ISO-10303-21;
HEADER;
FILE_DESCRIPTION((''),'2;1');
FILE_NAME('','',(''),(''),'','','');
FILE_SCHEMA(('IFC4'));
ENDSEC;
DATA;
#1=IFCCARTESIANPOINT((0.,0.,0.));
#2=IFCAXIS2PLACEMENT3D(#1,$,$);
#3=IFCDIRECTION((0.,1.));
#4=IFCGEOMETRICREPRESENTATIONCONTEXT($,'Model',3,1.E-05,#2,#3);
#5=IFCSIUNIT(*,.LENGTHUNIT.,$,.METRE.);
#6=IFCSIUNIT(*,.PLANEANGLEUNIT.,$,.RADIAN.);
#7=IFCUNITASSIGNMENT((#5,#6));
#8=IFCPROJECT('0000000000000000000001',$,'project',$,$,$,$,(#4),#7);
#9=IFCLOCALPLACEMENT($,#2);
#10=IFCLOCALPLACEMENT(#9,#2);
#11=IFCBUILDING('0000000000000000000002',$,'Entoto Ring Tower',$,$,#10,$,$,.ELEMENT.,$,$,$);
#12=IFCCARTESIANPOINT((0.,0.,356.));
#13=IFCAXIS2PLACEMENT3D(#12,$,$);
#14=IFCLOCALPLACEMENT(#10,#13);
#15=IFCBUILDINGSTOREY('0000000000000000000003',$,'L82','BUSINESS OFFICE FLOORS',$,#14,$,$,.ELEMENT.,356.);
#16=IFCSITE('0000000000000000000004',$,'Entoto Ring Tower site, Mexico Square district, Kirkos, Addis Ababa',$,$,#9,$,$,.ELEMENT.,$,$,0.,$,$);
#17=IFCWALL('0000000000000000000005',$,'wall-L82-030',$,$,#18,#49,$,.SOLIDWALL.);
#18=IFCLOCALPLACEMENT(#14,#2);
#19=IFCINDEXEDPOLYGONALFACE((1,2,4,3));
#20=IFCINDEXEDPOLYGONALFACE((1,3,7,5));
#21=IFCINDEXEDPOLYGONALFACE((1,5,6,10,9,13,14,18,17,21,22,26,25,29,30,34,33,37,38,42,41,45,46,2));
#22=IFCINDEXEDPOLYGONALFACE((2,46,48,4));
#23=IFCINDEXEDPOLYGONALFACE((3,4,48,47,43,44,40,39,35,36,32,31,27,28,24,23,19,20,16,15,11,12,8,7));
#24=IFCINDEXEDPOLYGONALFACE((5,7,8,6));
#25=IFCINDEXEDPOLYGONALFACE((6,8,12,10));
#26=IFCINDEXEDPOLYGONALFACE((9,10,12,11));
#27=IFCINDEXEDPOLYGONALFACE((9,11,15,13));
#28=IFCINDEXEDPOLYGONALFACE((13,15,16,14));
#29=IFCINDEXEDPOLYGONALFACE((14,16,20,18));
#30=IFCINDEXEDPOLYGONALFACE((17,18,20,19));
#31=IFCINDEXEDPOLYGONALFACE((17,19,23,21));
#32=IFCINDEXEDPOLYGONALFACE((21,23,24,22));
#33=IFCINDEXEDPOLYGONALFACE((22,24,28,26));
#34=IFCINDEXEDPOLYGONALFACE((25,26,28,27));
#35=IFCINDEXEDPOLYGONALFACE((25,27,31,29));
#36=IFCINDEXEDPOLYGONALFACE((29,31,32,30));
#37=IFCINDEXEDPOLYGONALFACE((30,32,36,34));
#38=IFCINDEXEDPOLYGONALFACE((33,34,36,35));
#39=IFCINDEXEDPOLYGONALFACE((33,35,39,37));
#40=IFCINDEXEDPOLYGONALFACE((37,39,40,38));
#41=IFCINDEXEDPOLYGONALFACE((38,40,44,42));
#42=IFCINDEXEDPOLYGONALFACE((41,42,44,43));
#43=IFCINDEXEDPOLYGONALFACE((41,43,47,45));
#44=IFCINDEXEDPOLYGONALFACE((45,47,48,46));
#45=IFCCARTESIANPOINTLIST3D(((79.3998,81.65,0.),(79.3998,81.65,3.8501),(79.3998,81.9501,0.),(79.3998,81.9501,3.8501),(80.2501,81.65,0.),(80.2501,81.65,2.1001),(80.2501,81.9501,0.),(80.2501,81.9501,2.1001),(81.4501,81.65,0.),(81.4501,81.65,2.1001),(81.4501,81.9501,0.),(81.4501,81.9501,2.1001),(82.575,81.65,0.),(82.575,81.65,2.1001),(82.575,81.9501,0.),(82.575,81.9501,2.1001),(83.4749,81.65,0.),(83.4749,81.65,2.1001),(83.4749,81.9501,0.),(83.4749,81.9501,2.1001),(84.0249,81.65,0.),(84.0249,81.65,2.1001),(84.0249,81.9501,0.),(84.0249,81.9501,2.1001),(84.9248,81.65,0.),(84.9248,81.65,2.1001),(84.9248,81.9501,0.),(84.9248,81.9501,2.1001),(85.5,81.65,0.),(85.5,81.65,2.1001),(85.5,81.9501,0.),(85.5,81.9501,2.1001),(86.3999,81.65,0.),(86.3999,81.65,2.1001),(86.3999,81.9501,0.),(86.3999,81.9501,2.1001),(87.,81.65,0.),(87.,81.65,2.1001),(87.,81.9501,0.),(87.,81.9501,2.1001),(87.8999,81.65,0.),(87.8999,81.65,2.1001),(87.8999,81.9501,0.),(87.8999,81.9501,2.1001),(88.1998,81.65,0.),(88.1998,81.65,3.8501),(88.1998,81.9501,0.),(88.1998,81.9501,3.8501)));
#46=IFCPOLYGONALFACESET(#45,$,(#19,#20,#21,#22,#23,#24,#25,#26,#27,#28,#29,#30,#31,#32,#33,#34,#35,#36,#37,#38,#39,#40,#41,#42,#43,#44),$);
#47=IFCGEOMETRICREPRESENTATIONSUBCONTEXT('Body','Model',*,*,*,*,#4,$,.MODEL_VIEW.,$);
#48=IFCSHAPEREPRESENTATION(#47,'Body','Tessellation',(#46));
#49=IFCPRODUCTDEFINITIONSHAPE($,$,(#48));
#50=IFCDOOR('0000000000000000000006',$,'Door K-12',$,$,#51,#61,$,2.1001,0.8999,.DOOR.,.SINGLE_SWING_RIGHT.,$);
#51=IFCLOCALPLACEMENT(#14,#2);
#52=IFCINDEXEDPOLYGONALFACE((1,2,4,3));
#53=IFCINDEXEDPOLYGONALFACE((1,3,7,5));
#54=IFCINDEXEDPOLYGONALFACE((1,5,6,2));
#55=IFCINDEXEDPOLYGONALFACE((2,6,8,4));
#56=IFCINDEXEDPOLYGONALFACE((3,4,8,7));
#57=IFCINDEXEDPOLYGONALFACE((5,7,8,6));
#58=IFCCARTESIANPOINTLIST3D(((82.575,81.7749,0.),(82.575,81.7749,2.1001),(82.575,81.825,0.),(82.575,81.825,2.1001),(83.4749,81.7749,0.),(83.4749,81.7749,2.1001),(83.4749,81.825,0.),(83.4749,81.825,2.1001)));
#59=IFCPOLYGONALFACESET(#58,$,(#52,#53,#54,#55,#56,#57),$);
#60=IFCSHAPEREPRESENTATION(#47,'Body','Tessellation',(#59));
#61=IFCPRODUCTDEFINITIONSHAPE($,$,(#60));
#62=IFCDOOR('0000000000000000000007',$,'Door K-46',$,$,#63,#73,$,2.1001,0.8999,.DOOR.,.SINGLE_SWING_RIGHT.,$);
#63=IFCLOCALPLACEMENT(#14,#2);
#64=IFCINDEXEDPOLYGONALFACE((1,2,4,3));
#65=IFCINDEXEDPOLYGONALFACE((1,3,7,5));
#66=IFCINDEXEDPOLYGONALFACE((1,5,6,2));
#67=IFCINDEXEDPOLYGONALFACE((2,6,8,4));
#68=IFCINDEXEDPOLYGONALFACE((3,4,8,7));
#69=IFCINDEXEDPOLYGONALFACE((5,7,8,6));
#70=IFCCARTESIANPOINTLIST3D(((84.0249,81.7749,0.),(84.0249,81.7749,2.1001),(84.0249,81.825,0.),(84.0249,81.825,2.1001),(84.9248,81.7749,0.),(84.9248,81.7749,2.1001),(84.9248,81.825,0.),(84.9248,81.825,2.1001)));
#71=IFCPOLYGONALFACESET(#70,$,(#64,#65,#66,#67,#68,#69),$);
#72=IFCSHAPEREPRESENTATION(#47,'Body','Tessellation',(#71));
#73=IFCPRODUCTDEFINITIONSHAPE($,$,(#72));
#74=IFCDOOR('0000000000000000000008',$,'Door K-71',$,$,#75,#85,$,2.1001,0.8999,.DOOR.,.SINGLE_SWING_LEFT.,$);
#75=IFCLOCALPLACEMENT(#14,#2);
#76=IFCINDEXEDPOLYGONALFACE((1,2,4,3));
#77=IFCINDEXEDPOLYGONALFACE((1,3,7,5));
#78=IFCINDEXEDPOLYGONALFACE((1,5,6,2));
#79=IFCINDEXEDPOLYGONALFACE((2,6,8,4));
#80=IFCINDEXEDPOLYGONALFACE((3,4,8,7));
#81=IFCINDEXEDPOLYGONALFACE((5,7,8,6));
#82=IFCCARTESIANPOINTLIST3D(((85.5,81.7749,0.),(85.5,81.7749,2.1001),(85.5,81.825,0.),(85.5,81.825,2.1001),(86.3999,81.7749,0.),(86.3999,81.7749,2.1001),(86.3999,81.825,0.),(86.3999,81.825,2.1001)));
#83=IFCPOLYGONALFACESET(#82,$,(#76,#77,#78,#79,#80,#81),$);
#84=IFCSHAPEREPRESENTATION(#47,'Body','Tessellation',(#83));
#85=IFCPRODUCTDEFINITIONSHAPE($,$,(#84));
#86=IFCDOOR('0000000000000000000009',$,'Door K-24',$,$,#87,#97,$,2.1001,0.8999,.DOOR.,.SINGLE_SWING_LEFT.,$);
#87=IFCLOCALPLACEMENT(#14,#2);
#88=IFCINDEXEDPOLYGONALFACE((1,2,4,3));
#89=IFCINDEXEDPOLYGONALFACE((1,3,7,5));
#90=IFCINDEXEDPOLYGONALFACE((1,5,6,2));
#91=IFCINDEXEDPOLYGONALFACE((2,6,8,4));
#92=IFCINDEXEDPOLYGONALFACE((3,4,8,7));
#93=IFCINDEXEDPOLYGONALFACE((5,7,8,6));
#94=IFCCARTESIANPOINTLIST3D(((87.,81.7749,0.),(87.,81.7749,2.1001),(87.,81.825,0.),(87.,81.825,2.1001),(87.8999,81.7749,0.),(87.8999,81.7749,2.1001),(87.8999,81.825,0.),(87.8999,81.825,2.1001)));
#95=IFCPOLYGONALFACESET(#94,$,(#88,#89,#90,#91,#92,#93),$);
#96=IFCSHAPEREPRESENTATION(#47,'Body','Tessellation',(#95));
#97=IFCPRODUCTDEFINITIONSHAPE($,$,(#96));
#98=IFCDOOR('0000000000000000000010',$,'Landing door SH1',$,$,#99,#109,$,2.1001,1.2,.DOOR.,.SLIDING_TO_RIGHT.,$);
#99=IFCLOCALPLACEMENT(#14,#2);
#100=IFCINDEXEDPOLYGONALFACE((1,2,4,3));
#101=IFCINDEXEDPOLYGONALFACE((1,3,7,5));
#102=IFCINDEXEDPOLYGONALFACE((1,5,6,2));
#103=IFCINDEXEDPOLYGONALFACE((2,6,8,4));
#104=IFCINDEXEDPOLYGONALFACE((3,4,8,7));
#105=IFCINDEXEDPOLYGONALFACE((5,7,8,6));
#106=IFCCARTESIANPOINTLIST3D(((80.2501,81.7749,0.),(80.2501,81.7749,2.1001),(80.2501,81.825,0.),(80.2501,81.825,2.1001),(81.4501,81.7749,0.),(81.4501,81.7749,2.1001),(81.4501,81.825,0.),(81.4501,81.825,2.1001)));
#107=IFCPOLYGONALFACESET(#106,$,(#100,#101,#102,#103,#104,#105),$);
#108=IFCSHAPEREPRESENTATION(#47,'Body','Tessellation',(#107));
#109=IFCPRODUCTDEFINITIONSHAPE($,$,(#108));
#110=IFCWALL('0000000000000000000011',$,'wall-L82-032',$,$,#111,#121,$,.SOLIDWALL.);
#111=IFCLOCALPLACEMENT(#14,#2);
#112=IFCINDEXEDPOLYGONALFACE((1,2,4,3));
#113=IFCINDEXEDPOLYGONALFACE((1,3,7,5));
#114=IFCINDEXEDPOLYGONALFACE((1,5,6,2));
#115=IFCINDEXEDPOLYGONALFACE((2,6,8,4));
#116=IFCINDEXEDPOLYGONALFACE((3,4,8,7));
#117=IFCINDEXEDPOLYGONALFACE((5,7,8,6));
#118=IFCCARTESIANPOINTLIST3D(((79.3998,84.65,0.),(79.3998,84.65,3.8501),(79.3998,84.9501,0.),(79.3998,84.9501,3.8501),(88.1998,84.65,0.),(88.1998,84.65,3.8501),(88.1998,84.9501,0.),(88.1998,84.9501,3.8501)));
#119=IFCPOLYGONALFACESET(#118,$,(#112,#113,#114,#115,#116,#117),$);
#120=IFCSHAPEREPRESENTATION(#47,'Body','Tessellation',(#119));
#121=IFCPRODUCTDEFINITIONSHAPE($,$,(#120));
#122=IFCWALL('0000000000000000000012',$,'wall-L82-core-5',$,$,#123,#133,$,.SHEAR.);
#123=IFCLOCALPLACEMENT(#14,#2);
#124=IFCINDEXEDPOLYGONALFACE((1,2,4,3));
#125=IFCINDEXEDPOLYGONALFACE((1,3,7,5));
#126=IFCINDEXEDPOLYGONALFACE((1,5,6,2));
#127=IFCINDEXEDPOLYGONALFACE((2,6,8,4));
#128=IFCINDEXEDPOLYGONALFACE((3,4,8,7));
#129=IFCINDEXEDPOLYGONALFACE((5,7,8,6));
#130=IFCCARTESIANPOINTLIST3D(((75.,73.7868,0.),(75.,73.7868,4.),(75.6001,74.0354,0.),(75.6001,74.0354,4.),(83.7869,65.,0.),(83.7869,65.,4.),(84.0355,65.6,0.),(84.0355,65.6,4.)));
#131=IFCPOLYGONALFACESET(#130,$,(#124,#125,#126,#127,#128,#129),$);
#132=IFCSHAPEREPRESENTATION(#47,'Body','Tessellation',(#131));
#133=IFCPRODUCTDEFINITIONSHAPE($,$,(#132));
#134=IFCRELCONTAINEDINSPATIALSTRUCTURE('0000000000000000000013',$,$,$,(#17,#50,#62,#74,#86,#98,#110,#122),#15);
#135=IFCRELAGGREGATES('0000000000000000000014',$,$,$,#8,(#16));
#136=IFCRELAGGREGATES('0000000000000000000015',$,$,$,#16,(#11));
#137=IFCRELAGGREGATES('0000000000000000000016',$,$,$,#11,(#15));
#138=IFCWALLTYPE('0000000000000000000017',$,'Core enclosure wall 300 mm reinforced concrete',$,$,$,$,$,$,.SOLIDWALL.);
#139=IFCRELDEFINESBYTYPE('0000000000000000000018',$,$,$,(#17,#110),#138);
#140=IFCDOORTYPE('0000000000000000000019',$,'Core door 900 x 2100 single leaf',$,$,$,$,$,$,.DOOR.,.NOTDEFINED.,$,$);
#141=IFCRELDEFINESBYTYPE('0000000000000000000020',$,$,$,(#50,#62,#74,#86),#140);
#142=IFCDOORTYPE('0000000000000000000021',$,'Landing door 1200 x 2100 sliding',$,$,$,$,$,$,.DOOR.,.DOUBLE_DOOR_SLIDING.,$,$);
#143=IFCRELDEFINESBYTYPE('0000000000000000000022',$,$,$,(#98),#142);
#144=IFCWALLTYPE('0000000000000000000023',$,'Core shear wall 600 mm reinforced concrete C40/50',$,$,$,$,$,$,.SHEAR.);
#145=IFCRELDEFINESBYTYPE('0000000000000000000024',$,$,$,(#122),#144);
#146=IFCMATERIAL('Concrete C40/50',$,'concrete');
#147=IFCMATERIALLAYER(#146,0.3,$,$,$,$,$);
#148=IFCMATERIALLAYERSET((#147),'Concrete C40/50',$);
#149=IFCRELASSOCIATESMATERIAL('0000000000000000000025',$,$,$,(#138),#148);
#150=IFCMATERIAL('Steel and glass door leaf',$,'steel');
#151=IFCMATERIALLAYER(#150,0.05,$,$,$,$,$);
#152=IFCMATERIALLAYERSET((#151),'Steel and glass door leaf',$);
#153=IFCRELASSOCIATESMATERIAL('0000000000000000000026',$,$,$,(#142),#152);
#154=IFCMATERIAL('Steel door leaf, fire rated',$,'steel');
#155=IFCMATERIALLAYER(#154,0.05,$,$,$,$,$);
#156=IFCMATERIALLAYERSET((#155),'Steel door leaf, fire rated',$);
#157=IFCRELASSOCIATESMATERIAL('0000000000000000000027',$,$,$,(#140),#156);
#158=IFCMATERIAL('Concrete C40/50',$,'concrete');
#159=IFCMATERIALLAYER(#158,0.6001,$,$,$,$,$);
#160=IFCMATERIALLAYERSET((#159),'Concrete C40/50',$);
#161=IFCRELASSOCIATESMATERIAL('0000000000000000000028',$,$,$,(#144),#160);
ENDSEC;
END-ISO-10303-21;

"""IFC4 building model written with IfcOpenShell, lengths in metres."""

from ifc_helpers import new_model, si_unit, direction, frame, frame_2d, origin, place, context, subcontext, project, spatial, polyline, rectangle, outline, extrude, material, layer, layer_set, type_object, element, fill, save


model = new_model("IFC4")

# Units and contexts
model_context = context("Model", 3, precision=1e-05, world=origin(), true_north=direction((0.0, 1.0)))
body_context = subcontext(model_context, "Body", "Model", "MODEL_VIEW")
ifc_project = project(units=[si_unit("LENGTHUNIT", "METRE"), si_unit("PLANEANGLEUNIT", "RADIAN")], contexts=[model_context])

# Site, building, storey
site_placement = place(None, origin())
site = spatial("IfcSite", under=ifc_project, at=site_placement, Name="Entoto Ring Tower site, Mexico Square district, Kirkos, Addis Ababa", CompositionType="ELEMENT", RefElevation=0.0)
building_placement = place(site_placement, origin())
building = spatial("IfcBuilding", under=site, at=building_placement, Name="Entoto Ring Tower", CompositionType="ELEMENT")
storey_placement = place(building_placement, frame((0.0, 0.0, 356.0)))
storey = spatial("IfcBuildingStorey", under=building, at=storey_placement, Name="L82", Description="BUSINESS OFFICE FLOORS", CompositionType="ELEMENT", Elevation=356.0)

# Shared definitions
ifc_material_1 = material(Name="Concrete C40/50", Category="concrete")
ifc_layer_1 = layer(ifc_material_1, 0.3)
ifc_layer_set_1 = layer_set([ifc_layer_1], Name="Concrete C40/50")
wall_type_1 = type_object("IfcWallType", Name="Core enclosure wall 300 mm reinforced concrete", PredefinedType="SOLIDWALL", material=ifc_layer_set_1)
ifc_material_2 = material(Name="Steel and glass door leaf", Category="steel")
ifc_layer_2 = layer(ifc_material_2, 0.05)
ifc_layer_set_2 = layer_set([ifc_layer_2], Name="Steel and glass door leaf")
door_type_1 = type_object("IfcDoorType", Name="Landing door 1200 x 2100 sliding", OperationType="DOUBLE_DOOR_SLIDING", PredefinedType="DOOR", material=ifc_layer_set_2)

# Wall, openings, doors
ifc_material_3 = material(Name="Steel door leaf, fire rated", Category="steel")
ifc_layer_3 = layer(ifc_material_3, 0.05)
ifc_layer_set_3 = layer_set([ifc_layer_3], Name="Steel door leaf, fire rated")
door_type_2 = type_object("IfcDoorType", Name="Core door 900 x 2100 single leaf", OperationType="NOTDEFINED", PredefinedType="DOOR", material=ifc_layer_set_3)
wall_1_placement = place(storey_placement, frame((79.3999, 81.8, 0.0), z_axis=(0.0, 0.0, 1.0), x_axis=(1.0, 0.0, 0.0)))
wall_1 = element("IfcWall", 1, at=wall_1_placement, inside=storey, type_object=wall_type_1, Name="wall-L82-030", PredefinedType="SOLIDWALL", context=body_context, shape_type="SweptSolid", body=[
    extrude(rectangle(XDim=8.8, YDim=0.3, at=frame_2d((4.3999, 0.0))), origin(), (0.0, 0.0, 1.0), 3.8501),
])
opening_1_placement = place(wall_1_placement, frame((0.8501, 0.0, 0.0)))
opening_1 = element("IfcOpeningElement", 2, at=opening_1_placement, cuts=wall_1, PredefinedType="OPENING", context=body_context, shape_type="SweptSolid", body=[
    extrude(rectangle(XDim=1.2, YDim=2.1001, at=frame_2d((0.6001, 1.05))), frame((0.0, 0.1602, 0.0), z_axis=(0.0, -1.0, 0.0), x_axis=(1.0, 0.0, 0.0)), (0.0, 0.0, 1.0), 0.3201),
])
opening_2_placement = place(wall_1_placement, frame((3.175, 0.0, 0.0)))
opening_2 = element("IfcOpeningElement", 3, at=opening_2_placement, cuts=wall_1, PredefinedType="OPENING", context=body_context, shape_type="SweptSolid", body=[
    extrude(rectangle(XDim=0.8999, YDim=2.1001, at=frame_2d((0.45, 1.05))), frame((0.0, 0.1602, 0.0), z_axis=(0.0, -1.0, 0.0), x_axis=(1.0, 0.0, 0.0)), (0.0, 0.0, 1.0), 0.3201),
])
opening_3_placement = place(wall_1_placement, frame((4.625, 0.0, 0.0)))
opening_3 = element("IfcOpeningElement", 4, at=opening_3_placement, cuts=wall_1, PredefinedType="OPENING", context=body_context, shape_type="SweptSolid", body=[
    extrude(rectangle(XDim=0.8999, YDim=2.1001, at=frame_2d((0.45, 1.05))), frame((0.0, 0.1602, 0.0), z_axis=(0.0, -1.0, 0.0), x_axis=(1.0, 0.0, 0.0)), (0.0, 0.0, 1.0), 0.3201),
])
opening_4_placement = place(wall_1_placement, frame((6.1001, 0.0, 0.0)))
opening_4 = element("IfcOpeningElement", 5, at=opening_4_placement, cuts=wall_1, PredefinedType="OPENING", context=body_context, shape_type="SweptSolid", body=[
    extrude(rectangle(XDim=0.8999, YDim=2.1001, at=frame_2d((0.45, 1.05))), frame((0.0, 0.1602, 0.0), z_axis=(0.0, -1.0, 0.0), x_axis=(1.0, 0.0, 0.0)), (0.0, 0.0, 1.0), 0.3201),
])
opening_5_placement = place(wall_1_placement, frame((7.6001, 0.0, 0.0)))
opening_5 = element("IfcOpeningElement", 6, at=opening_5_placement, cuts=wall_1, PredefinedType="OPENING", context=body_context, shape_type="SweptSolid", body=[
    extrude(rectangle(XDim=0.8999, YDim=2.1001, at=frame_2d((0.45, 1.05))), frame((0.0, 0.1602, 0.0), z_axis=(0.0, -1.0, 0.0), x_axis=(1.0, 0.0, 0.0)), (0.0, 0.0, 1.0), 0.3201),
])
door_1_placement = place(opening_2_placement, origin())
door_1 = element("IfcDoor", 7, at=door_1_placement, inside=storey, type_object=door_type_2, Name="Door K-12", OperationType="SINGLE_SWING_RIGHT", OverallHeight=2.1001, OverallWidth=0.8999, PredefinedType="DOOR", context=body_context, shape_type="SweptSolid", body=[
    extrude(rectangle(XDim=0.8999, YDim=2.1001, at=frame_2d((0.45, 1.05))), frame((0.0, 0.0249, 0.0), z_axis=(0.0, -1.0, 0.0), x_axis=(1.0, 0.0, 0.0)), (0.0, 0.0, 1.0), 0.05),
])
fill(opening_2, door_1)
door_2_placement = place(opening_3_placement, origin())
door_2 = element("IfcDoor", 8, at=door_2_placement, inside=storey, type_object=door_type_2, Name="Door K-46", OperationType="SINGLE_SWING_RIGHT", OverallHeight=2.1001, OverallWidth=0.8999, PredefinedType="DOOR", context=body_context, shape_type="SweptSolid", body=[
    extrude(rectangle(XDim=0.8999, YDim=2.1001, at=frame_2d((0.45, 1.05))), frame((0.0, 0.0249, 0.0), z_axis=(0.0, -1.0, 0.0), x_axis=(1.0, 0.0, 0.0)), (0.0, 0.0, 1.0), 0.05),
])
fill(opening_3, door_2)
door_3_placement = place(opening_4_placement, origin())
door_3 = element("IfcDoor", 9, at=door_3_placement, inside=storey, type_object=door_type_2, Name="Door K-71", OperationType="SINGLE_SWING_LEFT", OverallHeight=2.1001, OverallWidth=0.8999, PredefinedType="DOOR", context=body_context, shape_type="SweptSolid", body=[
    extrude(rectangle(XDim=0.8999, YDim=2.1001, at=frame_2d((0.45, 1.05))), frame((0.0, 0.0249, 0.0), z_axis=(0.0, -1.0, 0.0), x_axis=(1.0, 0.0, 0.0)), (0.0, 0.0, 1.0), 0.05),
])
fill(opening_4, door_3)
door_4_placement = place(opening_5_placement, origin())
door_4 = element("IfcDoor", 10, at=door_4_placement, inside=storey, type_object=door_type_2, Name="Door K-24", OperationType="SINGLE_SWING_LEFT", OverallHeight=2.1001, OverallWidth=0.8999, PredefinedType="DOOR", context=body_context, shape_type="SweptSolid", body=[
    extrude(rectangle(XDim=0.8999, YDim=2.1001, at=frame_2d((0.45, 1.05))), frame((0.0, 0.0249, 0.0), z_axis=(0.0, -1.0, 0.0), x_axis=(1.0, 0.0, 0.0)), (0.0, 0.0, 1.0), 0.05),
])
fill(opening_5, door_4)
door_5_placement = place(opening_1_placement, origin())
door_5 = element("IfcDoor", 11, at=door_5_placement, inside=storey, type_object=door_type_1, Name="Landing door SH1", OperationType="SLIDING_TO_RIGHT", OverallHeight=2.1001, OverallWidth=1.2, PredefinedType="DOOR", context=body_context, shape_type="SweptSolid", body=[
    extrude(rectangle(XDim=1.2, YDim=2.1001, at=frame_2d((0.6001, 1.05))), frame((0.0, 0.0249, 0.0), z_axis=(0.0, -1.0, 0.0), x_axis=(1.0, 0.0, 0.0)), (0.0, 0.0, 1.0), 0.05),
])
fill(opening_1, door_5)

# Walls
wall_2_placement = place(storey_placement, frame((79.3999, 84.8, 0.0), z_axis=(0.0, 0.0, 1.0), x_axis=(1.0, 0.0, 0.0)))
element("IfcWall", 12, at=wall_2_placement, inside=storey, type_object=wall_type_1, Name="wall-L82-032", PredefinedType="SOLIDWALL", context=body_context, shape_type="SweptSolid", body=[
    extrude(rectangle(XDim=8.8, YDim=0.3, at=frame_2d((4.3999, 0.0))), origin(), (0.0, 0.0, 1.0), 3.8501),
])
ifc_material_4 = material(Name="Concrete C40/50", Category="concrete")
ifc_layer_4 = layer(ifc_material_4, 0.6001)
ifc_layer_set_4 = layer_set([ifc_layer_4], Name="Concrete C40/50")
wall_type_2 = type_object("IfcWallType", Name="Core shear wall 600 mm reinforced concrete C40/50", PredefinedType="SHEAR", material=ifc_layer_set_4)
wall_3_placement = place(storey_placement, frame((75.3, 73.9111, 0.0), z_axis=(0.0, 0.0, 1.0), x_axis=(0.707107, -0.707107, 0.0)))
element("IfcWall", 13, at=wall_3_placement, inside=storey, type_object=wall_type_2, Name="wall-L82-core-5", PredefinedType="SHEAR", context=body_context, shape_type="SweptSolid", body=[
    extrude(outline(polyline([(-0.1243, -0.3), (12.3022, -0.3), (12.0537, 0.3), (0.1243, 0.3), (-0.1243, -0.3)])), origin(), (0.0, 0.0, 1.0), 4.0),
])

save(model, "model.ifc")
